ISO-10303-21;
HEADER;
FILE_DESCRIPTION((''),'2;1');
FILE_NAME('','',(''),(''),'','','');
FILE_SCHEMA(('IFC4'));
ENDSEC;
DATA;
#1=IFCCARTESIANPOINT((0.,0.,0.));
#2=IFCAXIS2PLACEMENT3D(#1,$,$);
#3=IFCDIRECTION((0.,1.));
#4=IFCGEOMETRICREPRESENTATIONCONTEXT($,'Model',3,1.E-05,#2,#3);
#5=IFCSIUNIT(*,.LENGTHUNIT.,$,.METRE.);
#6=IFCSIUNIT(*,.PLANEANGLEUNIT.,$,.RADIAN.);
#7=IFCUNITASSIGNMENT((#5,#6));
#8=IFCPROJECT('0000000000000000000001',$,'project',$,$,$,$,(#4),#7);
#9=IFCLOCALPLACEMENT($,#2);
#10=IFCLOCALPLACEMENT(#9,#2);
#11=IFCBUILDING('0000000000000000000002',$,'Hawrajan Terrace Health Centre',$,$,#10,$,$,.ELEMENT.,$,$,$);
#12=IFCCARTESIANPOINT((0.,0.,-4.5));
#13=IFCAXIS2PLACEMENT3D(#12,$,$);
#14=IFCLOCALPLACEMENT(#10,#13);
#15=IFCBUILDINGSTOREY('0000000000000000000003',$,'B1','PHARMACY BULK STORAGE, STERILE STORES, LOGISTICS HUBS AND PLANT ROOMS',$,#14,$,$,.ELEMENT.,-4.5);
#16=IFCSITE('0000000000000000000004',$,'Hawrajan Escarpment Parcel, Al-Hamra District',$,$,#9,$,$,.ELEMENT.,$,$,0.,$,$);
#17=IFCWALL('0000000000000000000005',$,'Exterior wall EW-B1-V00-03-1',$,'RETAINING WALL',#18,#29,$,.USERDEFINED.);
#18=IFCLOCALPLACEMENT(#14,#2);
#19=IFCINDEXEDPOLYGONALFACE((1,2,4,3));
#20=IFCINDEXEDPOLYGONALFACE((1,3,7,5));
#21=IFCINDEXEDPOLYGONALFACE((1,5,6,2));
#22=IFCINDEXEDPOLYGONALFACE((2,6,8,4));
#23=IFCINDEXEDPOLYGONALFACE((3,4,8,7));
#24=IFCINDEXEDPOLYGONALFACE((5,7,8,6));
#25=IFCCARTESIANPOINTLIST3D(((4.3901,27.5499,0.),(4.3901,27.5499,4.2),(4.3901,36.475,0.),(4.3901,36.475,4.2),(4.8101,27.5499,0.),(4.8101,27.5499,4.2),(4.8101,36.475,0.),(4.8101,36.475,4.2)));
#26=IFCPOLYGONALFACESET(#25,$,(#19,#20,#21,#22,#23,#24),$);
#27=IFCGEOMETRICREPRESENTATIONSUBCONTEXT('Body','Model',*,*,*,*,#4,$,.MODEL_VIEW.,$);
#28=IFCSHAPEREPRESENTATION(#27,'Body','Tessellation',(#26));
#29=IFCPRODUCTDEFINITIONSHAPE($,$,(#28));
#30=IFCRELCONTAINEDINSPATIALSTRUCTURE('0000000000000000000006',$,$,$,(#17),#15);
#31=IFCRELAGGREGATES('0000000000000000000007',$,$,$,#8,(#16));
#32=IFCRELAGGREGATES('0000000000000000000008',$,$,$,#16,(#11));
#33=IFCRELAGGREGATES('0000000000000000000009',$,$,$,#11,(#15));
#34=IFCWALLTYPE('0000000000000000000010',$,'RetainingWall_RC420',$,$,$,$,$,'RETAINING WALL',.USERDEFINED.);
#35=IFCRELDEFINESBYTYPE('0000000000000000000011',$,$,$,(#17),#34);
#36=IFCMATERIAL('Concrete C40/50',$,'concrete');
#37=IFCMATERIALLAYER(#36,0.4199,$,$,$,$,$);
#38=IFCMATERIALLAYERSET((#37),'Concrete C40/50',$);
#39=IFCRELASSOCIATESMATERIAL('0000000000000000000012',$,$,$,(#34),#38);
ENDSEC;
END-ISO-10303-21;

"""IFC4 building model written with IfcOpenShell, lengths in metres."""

from ifc_helpers import new_model, si_unit, direction, frame, frame_2d, origin, place, context, subcontext, project, spatial, rectangle, extrude, material, layer, layer_set, type_object, element, save


model = new_model("IFC4")

# Units and contexts
model_context = context("Model", 3, precision=1e-05, world=origin(), true_north=direction((0.0, 1.0)))
body_context = subcontext(model_context, "Body", "Model", "MODEL_VIEW")
ifc_project = project(units=[si_unit("LENGTHUNIT", "METRE"), si_unit("PLANEANGLEUNIT", "RADIAN")], contexts=[model_context])

# Site, building, storey
site_placement = place(None, origin())
site = spatial("IfcSite", under=ifc_project, at=site_placement, Name="Hawrajan Escarpment Parcel, Al-Hamra District", CompositionType="ELEMENT", RefElevation=0.0)
building_placement = place(site_placement, origin())
building = spatial("IfcBuilding", under=site, at=building_placement, Name="Hawrajan Terrace Health Centre", CompositionType="ELEMENT")
storey_placement = place(building_placement, frame((0.0, 0.0, -4.5)))
storey = spatial("IfcBuildingStorey", under=building, at=storey_placement, Name="B1", Description="PHARMACY BULK STORAGE, STERILE STORES, LOGISTICS HUBS AND PLANT ROOMS", CompositionType="ELEMENT", Elevation=-4.5)

# Shared definitions
ifc_material_1 = material(Name="Concrete C40/50", Category="concrete")

# Wall
ifc_layer_1 = layer(ifc_material_1, 0.4199)
ifc_layer_set_1 = layer_set([ifc_layer_1], Name="Concrete C40/50")
wall_type_1 = type_object("IfcWallType", Name="RetainingWall_RC420", ElementType="RETAINING WALL", PredefinedType="USERDEFINED", material=ifc_layer_set_1)
wall_1_placement = place(storey_placement, frame((4.6001, 27.55, 0.0), z_axis=(0.0, 0.0, 1.0), x_axis=(0.0, 1.0, 0.0)))
element("IfcWall", 1, at=wall_1_placement, inside=storey, type_object=wall_type_1, Name="Exterior wall EW-B1-V00-03-1", ObjectType="RETAINING WALL", PredefinedType="USERDEFINED", context=body_context, shape_type="SweptSolid", body=[
    extrude(rectangle(XDim=8.925, YDim=0.4199, at=frame_2d((4.4624, 0.0))), origin(), (0.0, 0.0, 1.0), 4.2),
])

save(model, "model.ifc")
